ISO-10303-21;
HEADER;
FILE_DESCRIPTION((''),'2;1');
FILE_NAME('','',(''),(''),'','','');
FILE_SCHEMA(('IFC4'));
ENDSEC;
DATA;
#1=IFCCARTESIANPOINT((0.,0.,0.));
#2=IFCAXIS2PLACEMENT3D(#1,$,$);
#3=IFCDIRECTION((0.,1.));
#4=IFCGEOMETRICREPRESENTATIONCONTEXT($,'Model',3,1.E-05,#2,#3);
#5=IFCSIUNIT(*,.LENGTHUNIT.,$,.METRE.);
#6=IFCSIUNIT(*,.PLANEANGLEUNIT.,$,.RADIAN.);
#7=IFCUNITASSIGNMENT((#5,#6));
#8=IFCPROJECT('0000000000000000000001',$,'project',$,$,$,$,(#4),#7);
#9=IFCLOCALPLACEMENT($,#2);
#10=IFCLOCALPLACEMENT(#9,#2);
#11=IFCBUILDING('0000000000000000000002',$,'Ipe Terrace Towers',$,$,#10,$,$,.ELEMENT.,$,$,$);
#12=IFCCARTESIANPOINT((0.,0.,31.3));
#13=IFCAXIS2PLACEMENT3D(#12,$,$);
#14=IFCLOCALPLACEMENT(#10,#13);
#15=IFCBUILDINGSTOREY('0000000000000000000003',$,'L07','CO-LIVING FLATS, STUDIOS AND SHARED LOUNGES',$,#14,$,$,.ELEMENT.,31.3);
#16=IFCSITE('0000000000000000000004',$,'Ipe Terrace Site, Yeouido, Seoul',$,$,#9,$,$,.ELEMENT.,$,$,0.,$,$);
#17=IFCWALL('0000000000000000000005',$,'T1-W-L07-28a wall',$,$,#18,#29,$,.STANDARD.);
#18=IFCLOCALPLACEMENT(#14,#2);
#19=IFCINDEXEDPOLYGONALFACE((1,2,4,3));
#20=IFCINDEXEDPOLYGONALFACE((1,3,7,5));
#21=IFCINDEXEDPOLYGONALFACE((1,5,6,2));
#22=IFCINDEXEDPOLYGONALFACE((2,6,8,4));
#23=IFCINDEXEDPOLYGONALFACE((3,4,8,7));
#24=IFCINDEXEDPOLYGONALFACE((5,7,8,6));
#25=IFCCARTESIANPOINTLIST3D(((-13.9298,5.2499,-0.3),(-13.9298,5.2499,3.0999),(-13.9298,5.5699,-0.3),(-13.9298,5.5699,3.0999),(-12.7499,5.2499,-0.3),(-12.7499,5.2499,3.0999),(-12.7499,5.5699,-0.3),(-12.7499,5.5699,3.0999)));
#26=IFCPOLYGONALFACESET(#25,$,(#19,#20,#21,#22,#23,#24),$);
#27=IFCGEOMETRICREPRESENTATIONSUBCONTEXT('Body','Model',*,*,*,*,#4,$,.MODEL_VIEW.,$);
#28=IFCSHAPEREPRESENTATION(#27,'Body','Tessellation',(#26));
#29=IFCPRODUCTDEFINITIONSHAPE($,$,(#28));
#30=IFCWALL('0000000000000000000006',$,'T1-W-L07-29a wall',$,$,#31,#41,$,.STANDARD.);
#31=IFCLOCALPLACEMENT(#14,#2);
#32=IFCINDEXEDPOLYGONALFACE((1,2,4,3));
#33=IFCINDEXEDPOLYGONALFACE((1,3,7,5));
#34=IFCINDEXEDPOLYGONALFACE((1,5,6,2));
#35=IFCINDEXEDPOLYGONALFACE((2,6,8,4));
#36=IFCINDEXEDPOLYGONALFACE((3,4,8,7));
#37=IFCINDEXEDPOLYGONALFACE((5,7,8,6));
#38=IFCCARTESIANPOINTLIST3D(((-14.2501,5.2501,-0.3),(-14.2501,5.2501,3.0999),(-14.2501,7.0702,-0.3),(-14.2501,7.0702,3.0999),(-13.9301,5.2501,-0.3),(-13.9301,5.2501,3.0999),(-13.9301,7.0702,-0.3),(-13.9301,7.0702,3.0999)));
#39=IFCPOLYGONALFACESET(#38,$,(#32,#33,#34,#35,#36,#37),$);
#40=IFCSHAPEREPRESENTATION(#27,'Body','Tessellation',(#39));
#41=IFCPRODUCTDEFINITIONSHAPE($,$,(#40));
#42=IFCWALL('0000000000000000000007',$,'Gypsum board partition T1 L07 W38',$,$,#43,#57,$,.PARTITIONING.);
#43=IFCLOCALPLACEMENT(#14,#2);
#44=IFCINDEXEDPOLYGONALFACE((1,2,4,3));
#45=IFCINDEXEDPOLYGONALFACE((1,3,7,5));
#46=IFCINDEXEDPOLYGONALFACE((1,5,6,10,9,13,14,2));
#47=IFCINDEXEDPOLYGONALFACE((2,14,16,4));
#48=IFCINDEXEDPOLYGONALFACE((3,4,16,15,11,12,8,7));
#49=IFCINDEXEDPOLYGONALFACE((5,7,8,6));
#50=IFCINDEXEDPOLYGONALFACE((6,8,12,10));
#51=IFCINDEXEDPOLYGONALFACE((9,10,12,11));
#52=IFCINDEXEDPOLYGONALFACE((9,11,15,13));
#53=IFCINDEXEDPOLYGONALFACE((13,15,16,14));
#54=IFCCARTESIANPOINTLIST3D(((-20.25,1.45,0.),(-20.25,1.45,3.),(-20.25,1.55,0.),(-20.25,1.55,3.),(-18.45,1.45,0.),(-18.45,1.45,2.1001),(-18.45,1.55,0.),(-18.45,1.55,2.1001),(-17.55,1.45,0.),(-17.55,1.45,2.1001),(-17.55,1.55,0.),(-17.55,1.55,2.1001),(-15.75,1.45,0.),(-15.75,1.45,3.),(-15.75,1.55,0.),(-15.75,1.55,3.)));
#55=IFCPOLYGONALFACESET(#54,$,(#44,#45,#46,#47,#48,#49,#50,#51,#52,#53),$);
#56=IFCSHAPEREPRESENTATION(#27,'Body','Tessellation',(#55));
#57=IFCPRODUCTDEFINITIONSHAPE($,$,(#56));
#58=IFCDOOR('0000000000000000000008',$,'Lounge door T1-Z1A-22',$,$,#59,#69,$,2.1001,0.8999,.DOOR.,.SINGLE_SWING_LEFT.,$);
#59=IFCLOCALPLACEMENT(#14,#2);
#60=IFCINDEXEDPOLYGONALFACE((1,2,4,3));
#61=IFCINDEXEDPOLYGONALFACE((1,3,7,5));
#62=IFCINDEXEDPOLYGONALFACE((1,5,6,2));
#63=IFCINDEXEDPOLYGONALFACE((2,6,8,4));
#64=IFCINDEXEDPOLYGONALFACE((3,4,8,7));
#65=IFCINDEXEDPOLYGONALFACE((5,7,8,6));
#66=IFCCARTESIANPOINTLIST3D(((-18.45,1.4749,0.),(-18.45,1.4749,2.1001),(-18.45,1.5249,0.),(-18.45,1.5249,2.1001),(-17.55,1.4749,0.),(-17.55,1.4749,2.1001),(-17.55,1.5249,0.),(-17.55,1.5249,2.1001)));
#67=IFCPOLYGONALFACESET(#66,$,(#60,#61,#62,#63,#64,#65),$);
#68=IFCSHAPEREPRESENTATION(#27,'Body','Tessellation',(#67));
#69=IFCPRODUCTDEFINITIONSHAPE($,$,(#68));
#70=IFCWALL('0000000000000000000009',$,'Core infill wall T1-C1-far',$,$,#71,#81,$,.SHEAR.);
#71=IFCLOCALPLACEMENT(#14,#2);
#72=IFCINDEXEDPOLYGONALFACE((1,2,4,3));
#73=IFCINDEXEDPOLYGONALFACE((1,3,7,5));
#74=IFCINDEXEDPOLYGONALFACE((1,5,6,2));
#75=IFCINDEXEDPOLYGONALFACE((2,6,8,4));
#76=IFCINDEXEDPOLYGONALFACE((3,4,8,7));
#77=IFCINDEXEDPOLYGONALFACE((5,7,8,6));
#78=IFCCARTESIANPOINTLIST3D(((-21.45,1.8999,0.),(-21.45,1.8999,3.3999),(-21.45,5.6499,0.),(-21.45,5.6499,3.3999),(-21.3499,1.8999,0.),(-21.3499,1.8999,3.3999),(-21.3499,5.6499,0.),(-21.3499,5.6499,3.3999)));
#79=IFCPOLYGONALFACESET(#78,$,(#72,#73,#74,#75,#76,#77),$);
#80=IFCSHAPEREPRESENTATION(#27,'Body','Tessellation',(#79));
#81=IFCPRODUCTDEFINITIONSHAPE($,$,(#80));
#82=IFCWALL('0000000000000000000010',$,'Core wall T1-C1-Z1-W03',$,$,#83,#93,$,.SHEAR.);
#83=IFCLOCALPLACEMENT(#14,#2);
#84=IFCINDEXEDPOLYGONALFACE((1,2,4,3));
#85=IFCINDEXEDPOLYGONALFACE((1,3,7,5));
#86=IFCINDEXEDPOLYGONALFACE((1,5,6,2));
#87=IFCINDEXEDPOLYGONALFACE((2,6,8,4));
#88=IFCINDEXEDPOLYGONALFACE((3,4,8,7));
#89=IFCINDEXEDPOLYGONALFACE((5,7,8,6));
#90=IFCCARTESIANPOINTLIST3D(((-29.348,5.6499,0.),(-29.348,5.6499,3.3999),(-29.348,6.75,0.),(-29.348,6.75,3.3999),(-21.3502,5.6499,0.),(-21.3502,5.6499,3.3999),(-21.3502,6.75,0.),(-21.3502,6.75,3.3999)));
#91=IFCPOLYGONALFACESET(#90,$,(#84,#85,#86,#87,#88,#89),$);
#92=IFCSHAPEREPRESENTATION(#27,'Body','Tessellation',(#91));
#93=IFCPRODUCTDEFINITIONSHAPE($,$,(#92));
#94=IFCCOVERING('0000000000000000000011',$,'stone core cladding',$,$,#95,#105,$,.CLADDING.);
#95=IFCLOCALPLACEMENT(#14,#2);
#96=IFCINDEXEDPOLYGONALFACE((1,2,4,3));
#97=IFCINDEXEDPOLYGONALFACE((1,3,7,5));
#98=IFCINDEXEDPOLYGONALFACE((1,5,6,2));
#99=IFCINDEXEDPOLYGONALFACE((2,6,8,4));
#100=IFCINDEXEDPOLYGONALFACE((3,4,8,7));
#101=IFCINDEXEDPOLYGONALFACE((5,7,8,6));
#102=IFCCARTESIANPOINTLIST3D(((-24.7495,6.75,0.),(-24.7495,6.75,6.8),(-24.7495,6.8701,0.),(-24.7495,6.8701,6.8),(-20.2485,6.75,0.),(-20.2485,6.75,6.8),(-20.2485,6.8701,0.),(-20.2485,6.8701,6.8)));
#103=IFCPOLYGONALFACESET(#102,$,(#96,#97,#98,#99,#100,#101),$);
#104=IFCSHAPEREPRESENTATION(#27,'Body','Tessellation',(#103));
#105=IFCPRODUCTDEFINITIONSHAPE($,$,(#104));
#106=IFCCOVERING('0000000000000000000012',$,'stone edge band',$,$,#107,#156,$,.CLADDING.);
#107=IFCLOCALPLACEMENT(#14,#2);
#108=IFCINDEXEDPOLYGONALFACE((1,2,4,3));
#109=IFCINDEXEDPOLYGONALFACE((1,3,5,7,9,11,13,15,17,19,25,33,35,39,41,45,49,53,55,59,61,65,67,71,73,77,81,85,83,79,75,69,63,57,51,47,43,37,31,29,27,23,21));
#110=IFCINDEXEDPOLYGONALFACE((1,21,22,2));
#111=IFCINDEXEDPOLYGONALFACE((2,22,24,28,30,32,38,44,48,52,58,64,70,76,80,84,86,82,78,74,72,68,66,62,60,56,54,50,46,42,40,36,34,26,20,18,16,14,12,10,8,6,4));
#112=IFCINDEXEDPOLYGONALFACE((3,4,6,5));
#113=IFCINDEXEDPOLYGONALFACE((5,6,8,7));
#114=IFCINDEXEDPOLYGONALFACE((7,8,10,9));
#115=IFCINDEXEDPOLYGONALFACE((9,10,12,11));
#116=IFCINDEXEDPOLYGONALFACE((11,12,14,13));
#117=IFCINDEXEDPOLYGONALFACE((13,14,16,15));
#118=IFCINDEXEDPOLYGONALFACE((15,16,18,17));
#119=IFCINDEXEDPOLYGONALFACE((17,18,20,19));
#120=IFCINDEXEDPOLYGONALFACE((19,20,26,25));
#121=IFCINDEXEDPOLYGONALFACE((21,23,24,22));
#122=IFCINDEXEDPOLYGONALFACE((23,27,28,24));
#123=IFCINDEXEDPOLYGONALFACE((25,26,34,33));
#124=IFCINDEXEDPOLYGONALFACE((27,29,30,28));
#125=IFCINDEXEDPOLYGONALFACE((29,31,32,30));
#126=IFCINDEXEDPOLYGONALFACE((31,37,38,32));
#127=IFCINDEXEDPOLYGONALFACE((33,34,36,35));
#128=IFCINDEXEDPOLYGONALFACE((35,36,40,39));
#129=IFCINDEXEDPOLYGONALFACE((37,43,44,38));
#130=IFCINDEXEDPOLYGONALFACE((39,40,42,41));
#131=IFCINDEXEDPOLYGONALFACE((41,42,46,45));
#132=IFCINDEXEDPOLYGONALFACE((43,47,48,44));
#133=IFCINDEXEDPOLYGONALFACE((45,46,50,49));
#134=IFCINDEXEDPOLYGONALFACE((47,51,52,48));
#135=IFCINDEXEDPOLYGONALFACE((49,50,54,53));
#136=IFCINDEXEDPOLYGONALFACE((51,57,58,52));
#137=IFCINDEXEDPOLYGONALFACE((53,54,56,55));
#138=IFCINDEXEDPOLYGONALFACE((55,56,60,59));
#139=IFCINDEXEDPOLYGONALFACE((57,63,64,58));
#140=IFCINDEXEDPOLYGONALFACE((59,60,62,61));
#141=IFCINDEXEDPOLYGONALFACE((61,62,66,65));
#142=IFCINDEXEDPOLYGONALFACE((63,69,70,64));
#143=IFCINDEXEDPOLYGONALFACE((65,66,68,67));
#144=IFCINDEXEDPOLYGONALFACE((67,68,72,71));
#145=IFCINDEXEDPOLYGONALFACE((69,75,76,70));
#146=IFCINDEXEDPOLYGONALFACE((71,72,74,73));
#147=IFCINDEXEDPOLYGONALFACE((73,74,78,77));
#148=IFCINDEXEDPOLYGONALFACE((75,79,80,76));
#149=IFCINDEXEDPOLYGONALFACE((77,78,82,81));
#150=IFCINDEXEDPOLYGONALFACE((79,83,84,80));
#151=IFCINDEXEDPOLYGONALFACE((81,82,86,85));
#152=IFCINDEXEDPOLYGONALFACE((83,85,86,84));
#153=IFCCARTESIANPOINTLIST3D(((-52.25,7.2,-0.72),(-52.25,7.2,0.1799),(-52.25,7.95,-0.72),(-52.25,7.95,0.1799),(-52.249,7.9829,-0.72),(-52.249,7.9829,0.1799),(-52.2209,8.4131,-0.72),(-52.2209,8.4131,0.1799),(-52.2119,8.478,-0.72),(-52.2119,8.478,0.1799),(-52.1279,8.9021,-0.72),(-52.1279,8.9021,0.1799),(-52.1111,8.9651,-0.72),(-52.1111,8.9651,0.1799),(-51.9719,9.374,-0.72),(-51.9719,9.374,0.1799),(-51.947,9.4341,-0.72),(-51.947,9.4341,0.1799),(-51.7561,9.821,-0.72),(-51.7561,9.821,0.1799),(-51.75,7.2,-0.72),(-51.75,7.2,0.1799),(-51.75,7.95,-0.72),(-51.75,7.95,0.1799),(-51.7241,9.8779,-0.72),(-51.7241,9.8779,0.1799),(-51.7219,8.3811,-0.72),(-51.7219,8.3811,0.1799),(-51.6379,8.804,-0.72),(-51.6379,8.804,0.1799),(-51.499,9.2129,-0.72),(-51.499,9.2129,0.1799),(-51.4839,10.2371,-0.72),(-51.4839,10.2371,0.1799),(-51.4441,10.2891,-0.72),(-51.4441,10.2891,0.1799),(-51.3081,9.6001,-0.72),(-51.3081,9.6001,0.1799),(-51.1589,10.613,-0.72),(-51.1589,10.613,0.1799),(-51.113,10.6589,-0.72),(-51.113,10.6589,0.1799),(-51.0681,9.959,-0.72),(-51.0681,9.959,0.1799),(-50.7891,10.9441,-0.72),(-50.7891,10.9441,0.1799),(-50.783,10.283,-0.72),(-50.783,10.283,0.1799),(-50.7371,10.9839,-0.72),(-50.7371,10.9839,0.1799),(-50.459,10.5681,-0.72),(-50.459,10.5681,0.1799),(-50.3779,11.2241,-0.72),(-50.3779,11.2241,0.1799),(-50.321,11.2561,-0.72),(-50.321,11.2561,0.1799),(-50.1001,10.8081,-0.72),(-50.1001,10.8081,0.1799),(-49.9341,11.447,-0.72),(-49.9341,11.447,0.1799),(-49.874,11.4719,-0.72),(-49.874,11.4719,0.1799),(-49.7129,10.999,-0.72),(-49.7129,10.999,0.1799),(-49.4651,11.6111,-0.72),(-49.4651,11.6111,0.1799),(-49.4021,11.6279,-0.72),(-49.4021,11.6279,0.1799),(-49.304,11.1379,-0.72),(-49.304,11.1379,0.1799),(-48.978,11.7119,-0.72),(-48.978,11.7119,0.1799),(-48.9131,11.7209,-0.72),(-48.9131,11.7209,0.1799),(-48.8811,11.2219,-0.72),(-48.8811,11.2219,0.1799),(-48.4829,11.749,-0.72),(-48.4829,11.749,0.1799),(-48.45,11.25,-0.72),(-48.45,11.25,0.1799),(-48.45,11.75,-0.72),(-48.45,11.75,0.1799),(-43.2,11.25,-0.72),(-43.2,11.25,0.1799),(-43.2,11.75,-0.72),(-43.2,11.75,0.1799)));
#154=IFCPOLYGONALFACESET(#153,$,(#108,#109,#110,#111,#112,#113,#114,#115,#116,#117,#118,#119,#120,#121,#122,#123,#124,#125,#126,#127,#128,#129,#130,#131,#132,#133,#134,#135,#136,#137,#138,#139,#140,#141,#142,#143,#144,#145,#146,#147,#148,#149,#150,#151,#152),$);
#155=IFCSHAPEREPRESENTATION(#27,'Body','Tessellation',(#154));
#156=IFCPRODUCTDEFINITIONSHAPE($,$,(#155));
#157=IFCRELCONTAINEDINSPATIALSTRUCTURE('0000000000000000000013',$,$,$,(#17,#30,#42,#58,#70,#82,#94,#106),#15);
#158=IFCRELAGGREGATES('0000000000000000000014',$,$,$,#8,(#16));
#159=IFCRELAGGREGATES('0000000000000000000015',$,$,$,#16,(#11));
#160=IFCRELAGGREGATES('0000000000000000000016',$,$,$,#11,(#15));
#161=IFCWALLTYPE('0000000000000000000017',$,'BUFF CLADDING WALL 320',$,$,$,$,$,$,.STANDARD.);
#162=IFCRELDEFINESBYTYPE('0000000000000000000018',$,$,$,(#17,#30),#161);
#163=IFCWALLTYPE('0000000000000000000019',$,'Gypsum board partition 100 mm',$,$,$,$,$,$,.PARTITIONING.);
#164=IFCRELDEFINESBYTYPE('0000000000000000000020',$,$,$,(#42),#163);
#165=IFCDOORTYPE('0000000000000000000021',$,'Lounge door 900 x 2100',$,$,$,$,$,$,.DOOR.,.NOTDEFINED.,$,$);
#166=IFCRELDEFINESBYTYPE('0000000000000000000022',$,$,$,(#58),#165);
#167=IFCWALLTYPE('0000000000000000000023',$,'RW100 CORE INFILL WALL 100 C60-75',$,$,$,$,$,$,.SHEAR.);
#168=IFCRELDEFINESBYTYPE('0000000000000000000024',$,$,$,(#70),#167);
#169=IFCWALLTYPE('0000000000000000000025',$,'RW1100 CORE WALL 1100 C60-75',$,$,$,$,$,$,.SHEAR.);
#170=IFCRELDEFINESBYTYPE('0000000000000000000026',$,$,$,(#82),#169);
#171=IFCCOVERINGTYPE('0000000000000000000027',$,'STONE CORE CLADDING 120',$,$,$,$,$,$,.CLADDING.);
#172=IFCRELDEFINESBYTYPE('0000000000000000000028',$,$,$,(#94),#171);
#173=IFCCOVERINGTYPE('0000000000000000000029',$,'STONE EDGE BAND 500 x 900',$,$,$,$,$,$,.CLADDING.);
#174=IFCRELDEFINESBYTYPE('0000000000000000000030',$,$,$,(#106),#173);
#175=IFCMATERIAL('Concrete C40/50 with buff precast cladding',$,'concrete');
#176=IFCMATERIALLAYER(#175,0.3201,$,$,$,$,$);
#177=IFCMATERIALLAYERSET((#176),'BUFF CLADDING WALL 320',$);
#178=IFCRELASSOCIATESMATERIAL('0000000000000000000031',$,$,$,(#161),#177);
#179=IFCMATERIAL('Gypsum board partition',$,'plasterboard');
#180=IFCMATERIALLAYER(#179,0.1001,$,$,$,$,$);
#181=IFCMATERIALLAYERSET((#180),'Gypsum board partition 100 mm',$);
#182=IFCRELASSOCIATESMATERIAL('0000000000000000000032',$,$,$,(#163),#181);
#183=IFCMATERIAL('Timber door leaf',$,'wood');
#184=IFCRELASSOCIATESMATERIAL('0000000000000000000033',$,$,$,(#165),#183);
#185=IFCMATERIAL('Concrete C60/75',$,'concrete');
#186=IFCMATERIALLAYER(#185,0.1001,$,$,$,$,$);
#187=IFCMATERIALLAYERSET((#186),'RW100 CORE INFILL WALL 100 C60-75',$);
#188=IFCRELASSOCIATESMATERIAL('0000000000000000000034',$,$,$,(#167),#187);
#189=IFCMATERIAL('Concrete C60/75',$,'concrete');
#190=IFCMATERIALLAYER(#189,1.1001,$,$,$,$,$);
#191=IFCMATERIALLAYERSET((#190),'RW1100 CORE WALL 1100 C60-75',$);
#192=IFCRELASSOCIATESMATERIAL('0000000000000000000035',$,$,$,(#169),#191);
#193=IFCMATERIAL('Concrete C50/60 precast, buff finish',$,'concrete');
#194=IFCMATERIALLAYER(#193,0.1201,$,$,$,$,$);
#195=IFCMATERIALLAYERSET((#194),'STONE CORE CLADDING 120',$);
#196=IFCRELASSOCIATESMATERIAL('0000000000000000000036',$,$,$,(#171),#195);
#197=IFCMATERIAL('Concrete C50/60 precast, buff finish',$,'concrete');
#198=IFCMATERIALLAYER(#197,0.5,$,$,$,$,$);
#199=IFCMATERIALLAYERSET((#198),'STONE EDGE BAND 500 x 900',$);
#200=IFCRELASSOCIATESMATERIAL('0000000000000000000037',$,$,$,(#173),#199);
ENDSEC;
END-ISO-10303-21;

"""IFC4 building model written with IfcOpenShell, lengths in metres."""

from ifc_helpers import new_model, si_unit, direction, frame, frame_2d, origin, origin_2d, place, context, subcontext, project, spatial, polyline, rectangle, outline, extrude, material, layer, layer_set, type_object, element, fill, save


model = new_model("IFC4")

# Units and contexts
model_context = context("Model", 3, precision=1e-05, world=origin(), true_north=direction((0.0, 1.0)))
body_context = subcontext(model_context, "Body", "Model", "MODEL_VIEW")
ifc_project = project(units=[si_unit("LENGTHUNIT", "METRE"), si_unit("PLANEANGLEUNIT", "RADIAN")], contexts=[model_context])

# Site, building, storey
site_placement = place(None, origin())
site = spatial("IfcSite", under=ifc_project, at=site_placement, Name="Ipe Terrace Site, Yeouido, Seoul", CompositionType="ELEMENT", RefElevation=0.0)
building_placement = place(site_placement, origin())
building = spatial("IfcBuilding", under=site, at=building_placement, Name="Ipe Terrace Towers", CompositionType="ELEMENT")
storey_placement = place(building_placement, frame((0.0, 0.0, 31.3)))
storey = spatial("IfcBuildingStorey", under=building, at=storey_placement, Name="L07", Description="CO-LIVING FLATS, STUDIOS AND SHARED LOUNGES", CompositionType="ELEMENT", Elevation=31.3)

# Walls
ifc_material_1 = material(Name="Concrete C40/50 with buff precast cladding", Category="concrete")
ifc_layer_1 = layer(ifc_material_1, 0.3201)
ifc_layer_set_1 = layer_set([ifc_layer_1], Name="BUFF CLADDING WALL 320")
wall_type_1 = type_object("IfcWallType", Name="BUFF CLADDING WALL 320", PredefinedType="STANDARD", material=ifc_layer_set_1)
wall_1_placement = place(storey_placement, frame((-12.75, 5.4099, -0.3), z_axis=(0.0, 0.0, 1.0), x_axis=(-1.0, 0.0, 0.0)))
element("IfcWall", 1, at=wall_1_placement, inside=storey, type_object=wall_type_1, Name="T1-W-L07-28a wall", PredefinedType="STANDARD", context=body_context, shape_type="SweptSolid", body=[
    extrude(rectangle(XDim=1.1799, YDim=0.3201, at=frame_2d((0.5898, 0.0))), origin(), (0.0, 0.0, 1.0), 3.3999),
])
wall_2_placement = place(storey_placement, frame((-14.0901, 5.25, -0.3), z_axis=(0.0, 0.0, 1.0), x_axis=(0.0, 1.0, 0.0)))
element("IfcWall", 2, at=wall_2_placement, inside=storey, type_object=wall_type_1, Name="T1-W-L07-29a wall", PredefinedType="STANDARD", context=body_context, shape_type="SweptSolid", body=[
    extrude(rectangle(XDim=1.8201, YDim=0.3201, at=frame_2d((0.9102, 0.0))), origin(), (0.0, 0.0, 1.0), 3.3999),
])

# Wall, opening, door
ifc_material_2 = material(Name="Gypsum board partition", Category="plasterboard")
ifc_layer_2 = layer(ifc_material_2, 0.1001)
ifc_layer_set_2 = layer_set([ifc_layer_2], Name="Gypsum board partition 100 mm")
wall_type_2 = type_object("IfcWallType", Name="Gypsum board partition 100 mm", PredefinedType="PARTITIONING", material=ifc_layer_set_2)
wall_3_placement = place(storey_placement, frame((-20.25, 1.5, 0.0), z_axis=(0.0, 0.0, 1.0), x_axis=(1.0, 0.0, 0.0)))
wall_3 = element("IfcWall", 3, at=wall_3_placement, inside=storey, type_object=wall_type_2, Name="Gypsum board partition T1 L07 W38", PredefinedType="PARTITIONING", context=body_context, shape_type="SweptSolid", body=[
    extrude(rectangle(XDim=4.5, YDim=0.1001, at=frame_2d((2.25, 0.0))), origin(), (0.0, 0.0, 1.0), 3.0),
])
opening_placement = place(wall_3_placement, frame((1.8, 0.0, 0.0)))
opening = element("IfcOpeningElement", 4, at=opening_placement, cuts=wall_3, PredefinedType="OPENING", context=body_context, shape_type="SweptSolid", body=[
    extrude(rectangle(XDim=0.8999, YDim=2.1001, at=frame_2d((0.45, 1.05))), frame((0.0, 0.0601, 0.0), z_axis=(0.0, -1.0, 0.0), x_axis=(1.0, 0.0, 0.0)), (0.0, 0.0, 1.0), 0.1201),
])
ifc_material_3 = material(Name="Timber door leaf", Category="wood")
door_type = type_object("IfcDoorType", Name="Lounge door 900 x 2100", OperationType="NOTDEFINED", PredefinedType="DOOR", material=ifc_material_3)
door_placement = place(opening_placement, origin())
door = element("IfcDoor", 5, at=door_placement, inside=storey, type_object=door_type, Name="Lounge door T1-Z1A-22", OperationType="SINGLE_SWING_LEFT", OverallHeight=2.1001, OverallWidth=0.8999, PredefinedType="DOOR", context=body_context, shape_type="SweptSolid", body=[
    extrude(rectangle(XDim=0.8999, YDim=2.1001, at=frame_2d((0.45, 1.05))), frame((0.0, 0.0249, 0.0), z_axis=(0.0, -1.0, 0.0), x_axis=(1.0, 0.0, 0.0)), (0.0, 0.0, 1.0), 0.05),
])
fill(opening, door)

# Walls
ifc_material_4 = material(Name="Concrete C60/75", Category="concrete")
ifc_layer_3 = layer(ifc_material_4, 0.1001)
ifc_layer_set_3 = layer_set([ifc_layer_3], Name="RW100 CORE INFILL WALL 100 C60-75")
wall_type_3 = type_object("IfcWallType", Name="RW100 CORE INFILL WALL 100 C60-75", PredefinedType="SHEAR", material=ifc_layer_set_3)
wall_4_placement = place(storey_placement, frame((-21.3999, 1.8999, 0.0), z_axis=(0.0, 0.0, 1.0), x_axis=(0.0, 1.0, 0.0)))
element("IfcWall", 6, at=wall_4_placement, inside=storey, type_object=wall_type_3, Name="Core infill wall T1-C1-far", PredefinedType="SHEAR", context=body_context, shape_type="SweptSolid", body=[
    extrude(rectangle(XDim=3.75, YDim=0.1001, at=frame_2d((1.875, 0.0))), origin(), (0.0, 0.0, 1.0), 3.3999),
])
ifc_material_5 = material(Name="Concrete C60/75", Category="concrete")
ifc_layer_4 = layer(ifc_material_5, 1.1001)
ifc_layer_set_4 = layer_set([ifc_layer_4], Name="RW1100 CORE WALL 1100 C60-75")
wall_type_4 = type_object("IfcWallType", Name="RW1100 CORE WALL 1100 C60-75", PredefinedType="SHEAR", material=ifc_layer_set_4)
wall_5_placement = place(storey_placement, frame((-21.3501, 6.2, 0.0), z_axis=(0.0, 0.0, 1.0), x_axis=(-1.0, 0.0, 0.0)))
element("IfcWall", 7, at=wall_5_placement, inside=storey, type_object=wall_type_4, Name="Core wall T1-C1-Z1-W03", PredefinedType="SHEAR", context=body_context, shape_type="SweptSolid", body=[
    extrude(rectangle(XDim=7.9978, YDim=1.1001, at=frame_2d((3.999, 0.0))), origin(), (0.0, 0.0, 1.0), 3.3999),
])

# Coverings
ifc_material_6 = material(Name="Concrete C50/60 precast, buff finish", Category="concrete")
ifc_layer_5 = layer(ifc_material_6, 0.1201)
ifc_layer_set_5 = layer_set([ifc_layer_5], Name="STONE CORE CLADDING 120")
covering_type_1 = type_object("IfcCoveringType", Name="STONE CORE CLADDING 120", PredefinedType="CLADDING", material=ifc_layer_set_5)
covering_1_placement = place(storey_placement, frame((-22.499, 6.8101, 0.0), z_axis=(0.0, 0.0, 1.0), x_axis=(-1.0, 0.0, 0.0)))
element("IfcCovering", 8, at=covering_1_placement, inside=storey, type_object=covering_type_1, Name="stone core cladding", PredefinedType="CLADDING", context=body_context, shape_type="SweptSolid", body=[
    extrude(rectangle(XDim=4.501, YDim=0.1201, at=origin_2d()), origin(), (0.0, 0.0, 1.0), 6.8),
])
ifc_material_7 = material(Name="Concrete C50/60 precast, buff finish", Category="concrete")
ifc_layer_6 = layer(ifc_material_7, 0.5)
ifc_layer_set_6 = layer_set([ifc_layer_6], Name="STONE EDGE BAND 500 x 900")
covering_type_2 = type_object("IfcCoveringType", Name="STONE EDGE BAND 500 x 900", PredefinedType="CLADDING", material=ifc_layer_set_6)
covering_2_placement = place(storey_placement, frame((0.0, 0.0, -0.72)))
element("IfcCovering", 9, at=covering_2_placement, inside=storey, type_object=covering_type_2, Name="stone edge band", PredefinedType="CLADDING", context=body_context, shape_type="SweptSolid", body=[
    extrude(outline(polyline([(-48.45, 11.75), (-48.4829, 11.749), (-48.9131, 11.7209), (-48.978, 11.7119), (-49.4021, 11.6279), (-49.4651, 11.6111), (-49.874, 11.4719), (-49.9341, 11.447), (-50.321, 11.2561), (-50.3779, 11.2241), (-50.7371, 10.9839), (-50.7891, 10.9441), (-51.113, 10.6589), (-51.1589, 10.613), (-51.4441, 10.2891), (-51.4839, 10.2371), (-51.7241, 9.8779), (-51.7561, 9.821), (-51.947, 9.4341), (-51.9719, 9.374), (-52.1111, 8.9651), (-52.1279, 8.9021), (-52.2119, 8.478), (-52.2209, 8.4131), (-52.249, 7.9829), (-52.25, 7.95), (-52.25, 7.2), (-51.75, 7.2), (-51.75, 7.95), (-51.7219, 8.3811), (-51.6379, 8.804), (-51.499, 9.2129), (-51.3081, 9.6001), (-51.0681, 9.959), (-50.783, 10.283), (-50.459, 10.5681), (-50.1001, 10.8081), (-49.7129, 10.999), (-49.304, 11.1379), (-48.8811, 11.2219), (-48.45, 11.25), (-43.2, 11.25), (-43.2, 11.75), (-48.45, 11.75)])), origin(), (0.0, 0.0, 1.0), 0.8999),
])

save(model, "model.ifc")
